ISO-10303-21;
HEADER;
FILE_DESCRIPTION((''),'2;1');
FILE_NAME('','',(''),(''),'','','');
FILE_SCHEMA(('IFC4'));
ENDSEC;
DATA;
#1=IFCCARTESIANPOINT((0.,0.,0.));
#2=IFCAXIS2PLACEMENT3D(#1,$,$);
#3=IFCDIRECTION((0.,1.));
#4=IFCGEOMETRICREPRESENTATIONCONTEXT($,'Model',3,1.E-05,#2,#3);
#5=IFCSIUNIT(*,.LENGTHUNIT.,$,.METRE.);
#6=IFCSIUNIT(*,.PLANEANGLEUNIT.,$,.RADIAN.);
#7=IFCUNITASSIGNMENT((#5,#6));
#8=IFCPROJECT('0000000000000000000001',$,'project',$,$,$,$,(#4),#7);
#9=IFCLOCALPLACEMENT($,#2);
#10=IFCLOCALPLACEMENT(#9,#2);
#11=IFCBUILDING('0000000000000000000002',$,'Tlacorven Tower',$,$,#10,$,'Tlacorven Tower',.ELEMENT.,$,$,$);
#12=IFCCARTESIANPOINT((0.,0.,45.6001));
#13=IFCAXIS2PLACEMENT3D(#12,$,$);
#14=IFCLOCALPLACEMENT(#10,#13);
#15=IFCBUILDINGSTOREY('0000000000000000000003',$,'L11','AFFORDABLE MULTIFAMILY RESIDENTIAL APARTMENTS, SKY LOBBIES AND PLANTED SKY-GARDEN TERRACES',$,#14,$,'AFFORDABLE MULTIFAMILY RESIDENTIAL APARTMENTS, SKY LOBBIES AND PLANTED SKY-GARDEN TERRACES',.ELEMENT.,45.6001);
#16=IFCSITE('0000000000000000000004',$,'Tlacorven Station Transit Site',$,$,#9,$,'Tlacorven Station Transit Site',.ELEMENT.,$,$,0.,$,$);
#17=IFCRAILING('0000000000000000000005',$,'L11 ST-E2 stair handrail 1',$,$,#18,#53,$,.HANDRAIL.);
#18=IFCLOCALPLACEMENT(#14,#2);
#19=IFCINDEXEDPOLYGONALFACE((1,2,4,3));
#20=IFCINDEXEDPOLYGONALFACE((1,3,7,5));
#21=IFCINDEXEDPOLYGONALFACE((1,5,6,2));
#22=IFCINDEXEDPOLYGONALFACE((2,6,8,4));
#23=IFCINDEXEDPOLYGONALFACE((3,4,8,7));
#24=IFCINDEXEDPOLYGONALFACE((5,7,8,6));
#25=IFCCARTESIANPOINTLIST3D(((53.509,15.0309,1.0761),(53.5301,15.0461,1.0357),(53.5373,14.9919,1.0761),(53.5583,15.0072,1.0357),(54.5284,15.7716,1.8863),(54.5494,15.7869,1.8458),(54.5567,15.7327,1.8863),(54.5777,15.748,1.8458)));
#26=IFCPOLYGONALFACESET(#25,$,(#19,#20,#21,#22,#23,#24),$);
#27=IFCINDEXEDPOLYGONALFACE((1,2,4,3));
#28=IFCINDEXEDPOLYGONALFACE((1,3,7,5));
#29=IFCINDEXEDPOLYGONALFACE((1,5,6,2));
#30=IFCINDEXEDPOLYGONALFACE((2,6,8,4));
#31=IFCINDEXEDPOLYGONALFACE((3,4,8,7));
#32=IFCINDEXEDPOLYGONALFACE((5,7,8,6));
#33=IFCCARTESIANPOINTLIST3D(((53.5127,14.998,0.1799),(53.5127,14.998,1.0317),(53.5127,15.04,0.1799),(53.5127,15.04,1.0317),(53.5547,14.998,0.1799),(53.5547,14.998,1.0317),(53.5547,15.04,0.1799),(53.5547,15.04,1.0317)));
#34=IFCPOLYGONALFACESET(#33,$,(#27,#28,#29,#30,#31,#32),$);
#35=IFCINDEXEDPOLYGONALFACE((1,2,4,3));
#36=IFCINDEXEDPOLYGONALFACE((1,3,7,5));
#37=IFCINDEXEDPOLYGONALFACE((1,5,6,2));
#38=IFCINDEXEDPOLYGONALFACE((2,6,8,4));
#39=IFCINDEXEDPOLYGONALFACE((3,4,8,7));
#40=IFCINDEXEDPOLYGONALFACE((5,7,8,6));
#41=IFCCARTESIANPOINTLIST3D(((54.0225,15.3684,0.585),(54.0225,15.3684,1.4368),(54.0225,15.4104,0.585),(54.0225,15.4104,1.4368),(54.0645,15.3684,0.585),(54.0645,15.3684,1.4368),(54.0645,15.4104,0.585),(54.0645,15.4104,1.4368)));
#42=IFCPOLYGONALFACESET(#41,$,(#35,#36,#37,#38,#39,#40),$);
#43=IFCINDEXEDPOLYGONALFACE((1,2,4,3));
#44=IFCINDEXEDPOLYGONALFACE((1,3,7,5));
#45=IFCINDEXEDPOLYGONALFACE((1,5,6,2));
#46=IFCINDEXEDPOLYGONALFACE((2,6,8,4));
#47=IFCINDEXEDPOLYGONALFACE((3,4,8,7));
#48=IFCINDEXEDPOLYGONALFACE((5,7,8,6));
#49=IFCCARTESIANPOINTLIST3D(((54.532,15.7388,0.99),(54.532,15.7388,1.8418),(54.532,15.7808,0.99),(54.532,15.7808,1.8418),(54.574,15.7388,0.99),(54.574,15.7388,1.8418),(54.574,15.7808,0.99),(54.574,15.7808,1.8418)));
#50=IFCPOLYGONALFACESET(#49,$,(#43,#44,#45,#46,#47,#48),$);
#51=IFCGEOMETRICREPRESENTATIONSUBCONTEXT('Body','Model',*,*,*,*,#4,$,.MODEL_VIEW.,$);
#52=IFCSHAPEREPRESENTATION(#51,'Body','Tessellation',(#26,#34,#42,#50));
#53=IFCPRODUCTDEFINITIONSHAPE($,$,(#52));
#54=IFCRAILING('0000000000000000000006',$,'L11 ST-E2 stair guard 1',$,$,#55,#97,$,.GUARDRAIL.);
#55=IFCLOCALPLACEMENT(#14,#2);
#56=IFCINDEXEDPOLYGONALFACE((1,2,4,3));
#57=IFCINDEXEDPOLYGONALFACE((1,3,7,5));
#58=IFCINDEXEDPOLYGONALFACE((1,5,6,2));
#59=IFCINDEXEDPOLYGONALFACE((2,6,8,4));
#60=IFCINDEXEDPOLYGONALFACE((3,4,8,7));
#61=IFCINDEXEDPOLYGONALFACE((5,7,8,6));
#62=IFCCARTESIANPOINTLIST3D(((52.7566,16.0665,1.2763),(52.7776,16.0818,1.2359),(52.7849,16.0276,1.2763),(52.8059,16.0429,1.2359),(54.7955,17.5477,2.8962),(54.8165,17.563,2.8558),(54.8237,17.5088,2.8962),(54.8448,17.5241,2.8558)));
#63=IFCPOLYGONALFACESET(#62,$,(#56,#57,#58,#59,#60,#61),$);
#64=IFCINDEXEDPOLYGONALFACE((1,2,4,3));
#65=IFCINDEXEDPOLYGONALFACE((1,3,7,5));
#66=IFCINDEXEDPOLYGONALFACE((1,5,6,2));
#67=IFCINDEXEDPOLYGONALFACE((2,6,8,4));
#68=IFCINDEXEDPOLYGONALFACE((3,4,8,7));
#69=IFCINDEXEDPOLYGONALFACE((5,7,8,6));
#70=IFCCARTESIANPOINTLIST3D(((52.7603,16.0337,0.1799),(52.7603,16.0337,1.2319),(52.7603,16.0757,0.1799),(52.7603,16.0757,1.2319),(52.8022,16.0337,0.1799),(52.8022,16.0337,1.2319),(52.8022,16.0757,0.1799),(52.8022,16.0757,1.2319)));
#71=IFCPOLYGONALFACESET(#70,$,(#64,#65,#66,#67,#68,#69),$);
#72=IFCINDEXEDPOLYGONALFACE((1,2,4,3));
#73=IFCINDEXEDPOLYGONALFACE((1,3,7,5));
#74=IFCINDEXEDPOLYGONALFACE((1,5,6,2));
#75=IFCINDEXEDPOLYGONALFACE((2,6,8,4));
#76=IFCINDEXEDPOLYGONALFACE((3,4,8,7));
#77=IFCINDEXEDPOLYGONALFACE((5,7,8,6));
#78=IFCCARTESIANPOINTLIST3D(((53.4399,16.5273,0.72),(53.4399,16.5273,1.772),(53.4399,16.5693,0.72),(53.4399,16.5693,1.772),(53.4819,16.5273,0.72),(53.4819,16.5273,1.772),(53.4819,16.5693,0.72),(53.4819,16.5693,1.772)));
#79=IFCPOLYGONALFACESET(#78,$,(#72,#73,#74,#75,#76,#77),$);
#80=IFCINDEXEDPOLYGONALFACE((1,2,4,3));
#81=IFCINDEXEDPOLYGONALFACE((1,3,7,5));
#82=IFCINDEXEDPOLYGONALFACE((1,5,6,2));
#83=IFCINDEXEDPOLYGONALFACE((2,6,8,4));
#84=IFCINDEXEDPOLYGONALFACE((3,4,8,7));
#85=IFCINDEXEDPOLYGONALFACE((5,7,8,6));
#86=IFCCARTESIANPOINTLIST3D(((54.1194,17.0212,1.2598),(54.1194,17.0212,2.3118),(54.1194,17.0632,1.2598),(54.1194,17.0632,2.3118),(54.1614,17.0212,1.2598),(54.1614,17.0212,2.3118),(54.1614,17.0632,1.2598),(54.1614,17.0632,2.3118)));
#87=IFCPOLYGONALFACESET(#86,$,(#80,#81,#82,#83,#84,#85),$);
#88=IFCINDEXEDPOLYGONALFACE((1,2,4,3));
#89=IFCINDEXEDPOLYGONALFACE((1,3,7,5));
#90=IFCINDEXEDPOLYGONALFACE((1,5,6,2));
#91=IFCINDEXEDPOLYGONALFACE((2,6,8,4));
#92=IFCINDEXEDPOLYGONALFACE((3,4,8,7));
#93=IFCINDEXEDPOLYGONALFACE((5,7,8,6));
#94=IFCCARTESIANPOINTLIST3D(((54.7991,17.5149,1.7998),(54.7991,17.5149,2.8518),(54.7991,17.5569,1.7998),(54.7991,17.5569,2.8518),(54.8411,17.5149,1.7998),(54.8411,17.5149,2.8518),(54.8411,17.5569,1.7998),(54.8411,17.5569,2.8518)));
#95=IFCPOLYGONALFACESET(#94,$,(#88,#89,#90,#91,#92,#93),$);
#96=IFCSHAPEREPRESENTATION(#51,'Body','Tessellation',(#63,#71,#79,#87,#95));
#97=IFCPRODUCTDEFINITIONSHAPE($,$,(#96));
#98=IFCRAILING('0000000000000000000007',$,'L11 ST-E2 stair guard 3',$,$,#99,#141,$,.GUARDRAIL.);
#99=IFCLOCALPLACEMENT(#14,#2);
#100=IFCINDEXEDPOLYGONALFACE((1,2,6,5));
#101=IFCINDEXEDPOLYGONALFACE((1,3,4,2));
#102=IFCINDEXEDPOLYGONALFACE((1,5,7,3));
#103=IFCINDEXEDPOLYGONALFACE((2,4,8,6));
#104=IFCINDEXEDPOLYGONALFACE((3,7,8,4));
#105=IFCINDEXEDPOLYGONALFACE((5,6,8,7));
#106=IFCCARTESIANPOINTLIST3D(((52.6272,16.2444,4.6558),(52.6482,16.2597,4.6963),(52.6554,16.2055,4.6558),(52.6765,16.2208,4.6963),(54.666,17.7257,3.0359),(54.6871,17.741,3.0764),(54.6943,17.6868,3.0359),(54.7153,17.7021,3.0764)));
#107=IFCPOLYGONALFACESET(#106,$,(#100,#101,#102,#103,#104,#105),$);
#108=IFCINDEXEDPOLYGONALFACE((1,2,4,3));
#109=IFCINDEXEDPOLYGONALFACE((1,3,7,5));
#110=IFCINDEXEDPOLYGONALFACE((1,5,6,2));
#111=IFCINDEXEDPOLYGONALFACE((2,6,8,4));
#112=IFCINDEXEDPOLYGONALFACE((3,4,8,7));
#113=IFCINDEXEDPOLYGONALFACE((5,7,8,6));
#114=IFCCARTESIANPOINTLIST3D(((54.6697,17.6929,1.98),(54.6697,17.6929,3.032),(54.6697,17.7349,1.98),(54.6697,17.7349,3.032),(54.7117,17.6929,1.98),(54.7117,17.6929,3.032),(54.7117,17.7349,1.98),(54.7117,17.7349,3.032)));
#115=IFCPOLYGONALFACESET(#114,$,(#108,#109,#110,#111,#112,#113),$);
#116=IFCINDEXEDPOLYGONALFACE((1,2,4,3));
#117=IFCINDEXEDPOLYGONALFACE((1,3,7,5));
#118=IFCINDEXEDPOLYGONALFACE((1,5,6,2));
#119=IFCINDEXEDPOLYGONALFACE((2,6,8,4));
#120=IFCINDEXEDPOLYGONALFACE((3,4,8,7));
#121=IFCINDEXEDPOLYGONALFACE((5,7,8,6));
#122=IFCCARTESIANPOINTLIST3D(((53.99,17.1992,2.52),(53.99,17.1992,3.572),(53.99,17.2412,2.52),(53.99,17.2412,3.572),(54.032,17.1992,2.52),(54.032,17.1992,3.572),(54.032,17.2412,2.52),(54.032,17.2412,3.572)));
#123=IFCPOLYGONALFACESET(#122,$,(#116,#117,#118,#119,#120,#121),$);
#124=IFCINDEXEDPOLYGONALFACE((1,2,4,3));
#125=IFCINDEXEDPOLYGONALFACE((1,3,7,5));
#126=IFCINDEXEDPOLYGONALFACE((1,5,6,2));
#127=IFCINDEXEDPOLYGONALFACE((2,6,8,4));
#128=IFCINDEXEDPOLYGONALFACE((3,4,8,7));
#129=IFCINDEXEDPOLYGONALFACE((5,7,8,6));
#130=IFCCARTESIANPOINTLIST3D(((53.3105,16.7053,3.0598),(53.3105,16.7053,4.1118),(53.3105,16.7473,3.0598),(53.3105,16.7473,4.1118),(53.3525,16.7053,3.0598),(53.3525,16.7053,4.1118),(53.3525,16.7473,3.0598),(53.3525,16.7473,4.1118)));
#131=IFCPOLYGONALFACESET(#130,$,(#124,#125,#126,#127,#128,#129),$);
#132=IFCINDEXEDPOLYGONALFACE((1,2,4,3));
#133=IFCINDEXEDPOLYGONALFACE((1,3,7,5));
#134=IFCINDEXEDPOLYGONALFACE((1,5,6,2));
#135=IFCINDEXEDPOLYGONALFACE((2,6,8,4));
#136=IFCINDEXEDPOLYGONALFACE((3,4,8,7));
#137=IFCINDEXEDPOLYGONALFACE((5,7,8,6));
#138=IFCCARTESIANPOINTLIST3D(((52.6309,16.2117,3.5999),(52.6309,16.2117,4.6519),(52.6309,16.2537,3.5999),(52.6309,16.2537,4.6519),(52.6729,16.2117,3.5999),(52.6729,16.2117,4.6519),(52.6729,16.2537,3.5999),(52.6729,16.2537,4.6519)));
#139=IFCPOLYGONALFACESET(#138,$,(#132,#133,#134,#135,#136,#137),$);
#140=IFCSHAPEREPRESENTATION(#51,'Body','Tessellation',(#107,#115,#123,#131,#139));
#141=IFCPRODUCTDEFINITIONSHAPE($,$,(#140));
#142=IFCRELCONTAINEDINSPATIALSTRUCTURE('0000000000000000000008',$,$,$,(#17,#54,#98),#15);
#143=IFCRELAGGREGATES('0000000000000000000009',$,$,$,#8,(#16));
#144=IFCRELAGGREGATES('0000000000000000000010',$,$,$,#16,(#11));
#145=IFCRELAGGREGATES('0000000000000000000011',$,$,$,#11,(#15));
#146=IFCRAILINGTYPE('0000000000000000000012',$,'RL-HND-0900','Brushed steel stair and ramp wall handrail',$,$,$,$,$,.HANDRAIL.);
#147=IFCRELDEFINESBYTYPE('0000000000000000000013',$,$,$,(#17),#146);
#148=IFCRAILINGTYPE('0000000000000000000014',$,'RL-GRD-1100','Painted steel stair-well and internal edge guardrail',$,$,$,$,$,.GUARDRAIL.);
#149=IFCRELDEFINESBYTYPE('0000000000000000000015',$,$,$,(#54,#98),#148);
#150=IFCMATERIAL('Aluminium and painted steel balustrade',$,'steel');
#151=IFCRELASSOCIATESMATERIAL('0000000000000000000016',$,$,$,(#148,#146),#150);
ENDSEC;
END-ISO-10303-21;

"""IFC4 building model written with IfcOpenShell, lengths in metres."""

from ifc_helpers import new_model, si_unit, direction, frame, origin, origin_2d, place, context, subcontext, project, spatial, rectangle, extrude, source, transform, mapped, material, type_object, element, save


model = new_model("IFC4")

# Units and contexts
model_context = context("Model", 3, precision=1e-05, world=origin(), true_north=direction((0.0, 1.0)))
body_context = subcontext(model_context, "Body", "Model", "MODEL_VIEW")
ifc_project = project(units=[si_unit("LENGTHUNIT", "METRE"), si_unit("PLANEANGLEUNIT", "RADIAN")], contexts=[model_context])

# Site, building, storey
site_placement = place(None, origin())
site = spatial("IfcSite", under=ifc_project, at=site_placement, Name="Tlacorven Station Transit Site", LongName="Tlacorven Station Transit Site", CompositionType="ELEMENT", RefElevation=0.0)
building_placement = place(site_placement, origin())
building = spatial("IfcBuilding", under=site, at=building_placement, Name="Tlacorven Tower", LongName="Tlacorven Tower", CompositionType="ELEMENT")
storey_placement = place(building_placement, frame((0.0, 0.0, 45.6001)))
storey = spatial("IfcBuildingStorey", under=building, at=storey_placement, Name="L11", Description="AFFORDABLE MULTIFAMILY RESIDENTIAL APARTMENTS, SKY LOBBIES AND PLANTED SKY-GARDEN TERRACES", LongName="AFFORDABLE MULTIFAMILY RESIDENTIAL APARTMENTS, SKY LOBBIES AND PLANTED SKY-GARDEN TERRACES", CompositionType="ELEMENT", Elevation=45.6001)

# Railings
ifc_material_1 = material(Name="Aluminium and painted steel balustrade", Category="steel")
railing_type_1 = type_object("IfcRailingType", Name="RL-GRD-1100", Description="Painted steel stair-well and internal edge guardrail", PredefinedType="GUARDRAIL", material=ifc_material_1)
railing_type_2 = type_object("IfcRailingType", Name="RL-HND-0900", Description="Brushed steel stair and ramp wall handrail", PredefinedType="HANDRAIL", material=ifc_material_1)
shared_shape_1 = source(origin(), body_context, "Body", "SweptSolid", [
    extrude(rectangle(XDim=0.0481, YDim=0.0481, at=origin_2d()), frame((0.0, 0.0, 0.876), z_axis=(0.680461, 0.494496, 0.540783), x_axis=(-0.587872, 0.808954, 0.0)), (0.0, 0.0, 1.0), 1.498),
    extrude(rectangle(XDim=0.042, YDim=0.042, at=origin_2d()), origin(), (0.0, 0.0, 1.0), 0.8518),
    extrude(rectangle(XDim=0.042, YDim=0.042, at=origin_2d()), frame((0.5098, 0.3704, 0.405)), (0.0, 0.0, 1.0), 0.8518),
    extrude(rectangle(XDim=0.042, YDim=0.042, at=origin_2d()), frame((1.0193, 0.7407, 0.8101)), (0.0, 0.0, 1.0), 0.8518),
])
railing_1_placement = place(storey_placement, frame((53.5337, 15.019, 0.1799)))
element("IfcRailing", 1, at=railing_1_placement, inside=storey, type_object=railing_type_2, Name="L11 ST-E2 stair handrail 1", PredefinedType="HANDRAIL", context=body_context, shape_type="MappedRepresentation", body=[
    mapped(shared_shape_1, transform((0.0, 0.0, 0.0), scale=1.0)),
])
shared_shape_2 = source(origin(), body_context, "Body", "SweptSolid", [
    extrude(rectangle(XDim=0.0481, YDim=0.0481, at=origin_2d()), frame((0.0, 0.0, 1.0762), z_axis=(0.680562, 0.494428, 0.540717), x_axis=(-0.587763, 0.809033, 0.0)), (0.0, 0.0, 1.0), 2.9958),
    extrude(rectangle(XDim=0.042, YDim=0.042, at=origin_2d()), origin(), (0.0, 0.0, 1.0), 1.052),
    extrude(rectangle(XDim=0.042, YDim=0.042, at=origin_2d()), frame((0.6797, 0.4937, 0.54)), (0.0, 0.0, 1.0), 1.052),
    extrude(rectangle(XDim=0.042, YDim=0.042, at=origin_2d()), frame((1.3591, 0.9875, 1.0798)), (0.0, 0.0, 1.0), 1.052),
    extrude(rectangle(XDim=0.042, YDim=0.042, at=origin_2d()), frame((2.0388, 1.4812, 1.6199)), (0.0, 0.0, 1.0), 1.052),
])
railing_2_placement = place(storey_placement, frame((52.7812, 16.0547, 0.1799)))
element("IfcRailing", 2, at=railing_2_placement, inside=storey, type_object=railing_type_1, Name="L11 ST-E2 stair guard 1", PredefinedType="GUARDRAIL", context=body_context, shape_type="MappedRepresentation", body=[
    mapped(shared_shape_2, transform((0.0, 0.0, 0.0), scale=1.0)),
])
shared_shape_3 = source(origin(), body_context, "Body", "SweptSolid", [
    extrude(rectangle(XDim=0.0481, YDim=0.0481, at=origin_2d()), frame((0.0, 0.0, 1.0762), z_axis=(-0.680562, -0.494428, 0.540717), x_axis=(0.587763, -0.809033, 0.0)), (0.0, 0.0, 1.0), 2.9958),
    extrude(rectangle(XDim=0.042, YDim=0.042, at=origin_2d()), origin(), (0.0, 0.0, 1.0), 1.052),
    extrude(rectangle(XDim=0.042, YDim=0.042, at=origin_2d()), frame((-0.6797, -0.4937, 0.54)), (0.0, 0.0, 1.0), 1.052),
    extrude(rectangle(XDim=0.042, YDim=0.042, at=origin_2d()), frame((-1.3591, -0.9875, 1.0798)), (0.0, 0.0, 1.0), 1.052),
    extrude(rectangle(XDim=0.042, YDim=0.042, at=origin_2d()), frame((-2.0388, -1.4812, 1.6199)), (0.0, 0.0, 1.0), 1.052),
])
railing_3_placement = place(storey_placement, frame((54.6907, 17.7139, 1.98)))
element("IfcRailing", 3, at=railing_3_placement, inside=storey, type_object=railing_type_1, Name="L11 ST-E2 stair guard 3", PredefinedType="GUARDRAIL", context=body_context, shape_type="MappedRepresentation", body=[
    mapped(shared_shape_3, transform((0.0, 0.0, 0.0), scale=1.0)),
])

save(model, "model.ifc")
